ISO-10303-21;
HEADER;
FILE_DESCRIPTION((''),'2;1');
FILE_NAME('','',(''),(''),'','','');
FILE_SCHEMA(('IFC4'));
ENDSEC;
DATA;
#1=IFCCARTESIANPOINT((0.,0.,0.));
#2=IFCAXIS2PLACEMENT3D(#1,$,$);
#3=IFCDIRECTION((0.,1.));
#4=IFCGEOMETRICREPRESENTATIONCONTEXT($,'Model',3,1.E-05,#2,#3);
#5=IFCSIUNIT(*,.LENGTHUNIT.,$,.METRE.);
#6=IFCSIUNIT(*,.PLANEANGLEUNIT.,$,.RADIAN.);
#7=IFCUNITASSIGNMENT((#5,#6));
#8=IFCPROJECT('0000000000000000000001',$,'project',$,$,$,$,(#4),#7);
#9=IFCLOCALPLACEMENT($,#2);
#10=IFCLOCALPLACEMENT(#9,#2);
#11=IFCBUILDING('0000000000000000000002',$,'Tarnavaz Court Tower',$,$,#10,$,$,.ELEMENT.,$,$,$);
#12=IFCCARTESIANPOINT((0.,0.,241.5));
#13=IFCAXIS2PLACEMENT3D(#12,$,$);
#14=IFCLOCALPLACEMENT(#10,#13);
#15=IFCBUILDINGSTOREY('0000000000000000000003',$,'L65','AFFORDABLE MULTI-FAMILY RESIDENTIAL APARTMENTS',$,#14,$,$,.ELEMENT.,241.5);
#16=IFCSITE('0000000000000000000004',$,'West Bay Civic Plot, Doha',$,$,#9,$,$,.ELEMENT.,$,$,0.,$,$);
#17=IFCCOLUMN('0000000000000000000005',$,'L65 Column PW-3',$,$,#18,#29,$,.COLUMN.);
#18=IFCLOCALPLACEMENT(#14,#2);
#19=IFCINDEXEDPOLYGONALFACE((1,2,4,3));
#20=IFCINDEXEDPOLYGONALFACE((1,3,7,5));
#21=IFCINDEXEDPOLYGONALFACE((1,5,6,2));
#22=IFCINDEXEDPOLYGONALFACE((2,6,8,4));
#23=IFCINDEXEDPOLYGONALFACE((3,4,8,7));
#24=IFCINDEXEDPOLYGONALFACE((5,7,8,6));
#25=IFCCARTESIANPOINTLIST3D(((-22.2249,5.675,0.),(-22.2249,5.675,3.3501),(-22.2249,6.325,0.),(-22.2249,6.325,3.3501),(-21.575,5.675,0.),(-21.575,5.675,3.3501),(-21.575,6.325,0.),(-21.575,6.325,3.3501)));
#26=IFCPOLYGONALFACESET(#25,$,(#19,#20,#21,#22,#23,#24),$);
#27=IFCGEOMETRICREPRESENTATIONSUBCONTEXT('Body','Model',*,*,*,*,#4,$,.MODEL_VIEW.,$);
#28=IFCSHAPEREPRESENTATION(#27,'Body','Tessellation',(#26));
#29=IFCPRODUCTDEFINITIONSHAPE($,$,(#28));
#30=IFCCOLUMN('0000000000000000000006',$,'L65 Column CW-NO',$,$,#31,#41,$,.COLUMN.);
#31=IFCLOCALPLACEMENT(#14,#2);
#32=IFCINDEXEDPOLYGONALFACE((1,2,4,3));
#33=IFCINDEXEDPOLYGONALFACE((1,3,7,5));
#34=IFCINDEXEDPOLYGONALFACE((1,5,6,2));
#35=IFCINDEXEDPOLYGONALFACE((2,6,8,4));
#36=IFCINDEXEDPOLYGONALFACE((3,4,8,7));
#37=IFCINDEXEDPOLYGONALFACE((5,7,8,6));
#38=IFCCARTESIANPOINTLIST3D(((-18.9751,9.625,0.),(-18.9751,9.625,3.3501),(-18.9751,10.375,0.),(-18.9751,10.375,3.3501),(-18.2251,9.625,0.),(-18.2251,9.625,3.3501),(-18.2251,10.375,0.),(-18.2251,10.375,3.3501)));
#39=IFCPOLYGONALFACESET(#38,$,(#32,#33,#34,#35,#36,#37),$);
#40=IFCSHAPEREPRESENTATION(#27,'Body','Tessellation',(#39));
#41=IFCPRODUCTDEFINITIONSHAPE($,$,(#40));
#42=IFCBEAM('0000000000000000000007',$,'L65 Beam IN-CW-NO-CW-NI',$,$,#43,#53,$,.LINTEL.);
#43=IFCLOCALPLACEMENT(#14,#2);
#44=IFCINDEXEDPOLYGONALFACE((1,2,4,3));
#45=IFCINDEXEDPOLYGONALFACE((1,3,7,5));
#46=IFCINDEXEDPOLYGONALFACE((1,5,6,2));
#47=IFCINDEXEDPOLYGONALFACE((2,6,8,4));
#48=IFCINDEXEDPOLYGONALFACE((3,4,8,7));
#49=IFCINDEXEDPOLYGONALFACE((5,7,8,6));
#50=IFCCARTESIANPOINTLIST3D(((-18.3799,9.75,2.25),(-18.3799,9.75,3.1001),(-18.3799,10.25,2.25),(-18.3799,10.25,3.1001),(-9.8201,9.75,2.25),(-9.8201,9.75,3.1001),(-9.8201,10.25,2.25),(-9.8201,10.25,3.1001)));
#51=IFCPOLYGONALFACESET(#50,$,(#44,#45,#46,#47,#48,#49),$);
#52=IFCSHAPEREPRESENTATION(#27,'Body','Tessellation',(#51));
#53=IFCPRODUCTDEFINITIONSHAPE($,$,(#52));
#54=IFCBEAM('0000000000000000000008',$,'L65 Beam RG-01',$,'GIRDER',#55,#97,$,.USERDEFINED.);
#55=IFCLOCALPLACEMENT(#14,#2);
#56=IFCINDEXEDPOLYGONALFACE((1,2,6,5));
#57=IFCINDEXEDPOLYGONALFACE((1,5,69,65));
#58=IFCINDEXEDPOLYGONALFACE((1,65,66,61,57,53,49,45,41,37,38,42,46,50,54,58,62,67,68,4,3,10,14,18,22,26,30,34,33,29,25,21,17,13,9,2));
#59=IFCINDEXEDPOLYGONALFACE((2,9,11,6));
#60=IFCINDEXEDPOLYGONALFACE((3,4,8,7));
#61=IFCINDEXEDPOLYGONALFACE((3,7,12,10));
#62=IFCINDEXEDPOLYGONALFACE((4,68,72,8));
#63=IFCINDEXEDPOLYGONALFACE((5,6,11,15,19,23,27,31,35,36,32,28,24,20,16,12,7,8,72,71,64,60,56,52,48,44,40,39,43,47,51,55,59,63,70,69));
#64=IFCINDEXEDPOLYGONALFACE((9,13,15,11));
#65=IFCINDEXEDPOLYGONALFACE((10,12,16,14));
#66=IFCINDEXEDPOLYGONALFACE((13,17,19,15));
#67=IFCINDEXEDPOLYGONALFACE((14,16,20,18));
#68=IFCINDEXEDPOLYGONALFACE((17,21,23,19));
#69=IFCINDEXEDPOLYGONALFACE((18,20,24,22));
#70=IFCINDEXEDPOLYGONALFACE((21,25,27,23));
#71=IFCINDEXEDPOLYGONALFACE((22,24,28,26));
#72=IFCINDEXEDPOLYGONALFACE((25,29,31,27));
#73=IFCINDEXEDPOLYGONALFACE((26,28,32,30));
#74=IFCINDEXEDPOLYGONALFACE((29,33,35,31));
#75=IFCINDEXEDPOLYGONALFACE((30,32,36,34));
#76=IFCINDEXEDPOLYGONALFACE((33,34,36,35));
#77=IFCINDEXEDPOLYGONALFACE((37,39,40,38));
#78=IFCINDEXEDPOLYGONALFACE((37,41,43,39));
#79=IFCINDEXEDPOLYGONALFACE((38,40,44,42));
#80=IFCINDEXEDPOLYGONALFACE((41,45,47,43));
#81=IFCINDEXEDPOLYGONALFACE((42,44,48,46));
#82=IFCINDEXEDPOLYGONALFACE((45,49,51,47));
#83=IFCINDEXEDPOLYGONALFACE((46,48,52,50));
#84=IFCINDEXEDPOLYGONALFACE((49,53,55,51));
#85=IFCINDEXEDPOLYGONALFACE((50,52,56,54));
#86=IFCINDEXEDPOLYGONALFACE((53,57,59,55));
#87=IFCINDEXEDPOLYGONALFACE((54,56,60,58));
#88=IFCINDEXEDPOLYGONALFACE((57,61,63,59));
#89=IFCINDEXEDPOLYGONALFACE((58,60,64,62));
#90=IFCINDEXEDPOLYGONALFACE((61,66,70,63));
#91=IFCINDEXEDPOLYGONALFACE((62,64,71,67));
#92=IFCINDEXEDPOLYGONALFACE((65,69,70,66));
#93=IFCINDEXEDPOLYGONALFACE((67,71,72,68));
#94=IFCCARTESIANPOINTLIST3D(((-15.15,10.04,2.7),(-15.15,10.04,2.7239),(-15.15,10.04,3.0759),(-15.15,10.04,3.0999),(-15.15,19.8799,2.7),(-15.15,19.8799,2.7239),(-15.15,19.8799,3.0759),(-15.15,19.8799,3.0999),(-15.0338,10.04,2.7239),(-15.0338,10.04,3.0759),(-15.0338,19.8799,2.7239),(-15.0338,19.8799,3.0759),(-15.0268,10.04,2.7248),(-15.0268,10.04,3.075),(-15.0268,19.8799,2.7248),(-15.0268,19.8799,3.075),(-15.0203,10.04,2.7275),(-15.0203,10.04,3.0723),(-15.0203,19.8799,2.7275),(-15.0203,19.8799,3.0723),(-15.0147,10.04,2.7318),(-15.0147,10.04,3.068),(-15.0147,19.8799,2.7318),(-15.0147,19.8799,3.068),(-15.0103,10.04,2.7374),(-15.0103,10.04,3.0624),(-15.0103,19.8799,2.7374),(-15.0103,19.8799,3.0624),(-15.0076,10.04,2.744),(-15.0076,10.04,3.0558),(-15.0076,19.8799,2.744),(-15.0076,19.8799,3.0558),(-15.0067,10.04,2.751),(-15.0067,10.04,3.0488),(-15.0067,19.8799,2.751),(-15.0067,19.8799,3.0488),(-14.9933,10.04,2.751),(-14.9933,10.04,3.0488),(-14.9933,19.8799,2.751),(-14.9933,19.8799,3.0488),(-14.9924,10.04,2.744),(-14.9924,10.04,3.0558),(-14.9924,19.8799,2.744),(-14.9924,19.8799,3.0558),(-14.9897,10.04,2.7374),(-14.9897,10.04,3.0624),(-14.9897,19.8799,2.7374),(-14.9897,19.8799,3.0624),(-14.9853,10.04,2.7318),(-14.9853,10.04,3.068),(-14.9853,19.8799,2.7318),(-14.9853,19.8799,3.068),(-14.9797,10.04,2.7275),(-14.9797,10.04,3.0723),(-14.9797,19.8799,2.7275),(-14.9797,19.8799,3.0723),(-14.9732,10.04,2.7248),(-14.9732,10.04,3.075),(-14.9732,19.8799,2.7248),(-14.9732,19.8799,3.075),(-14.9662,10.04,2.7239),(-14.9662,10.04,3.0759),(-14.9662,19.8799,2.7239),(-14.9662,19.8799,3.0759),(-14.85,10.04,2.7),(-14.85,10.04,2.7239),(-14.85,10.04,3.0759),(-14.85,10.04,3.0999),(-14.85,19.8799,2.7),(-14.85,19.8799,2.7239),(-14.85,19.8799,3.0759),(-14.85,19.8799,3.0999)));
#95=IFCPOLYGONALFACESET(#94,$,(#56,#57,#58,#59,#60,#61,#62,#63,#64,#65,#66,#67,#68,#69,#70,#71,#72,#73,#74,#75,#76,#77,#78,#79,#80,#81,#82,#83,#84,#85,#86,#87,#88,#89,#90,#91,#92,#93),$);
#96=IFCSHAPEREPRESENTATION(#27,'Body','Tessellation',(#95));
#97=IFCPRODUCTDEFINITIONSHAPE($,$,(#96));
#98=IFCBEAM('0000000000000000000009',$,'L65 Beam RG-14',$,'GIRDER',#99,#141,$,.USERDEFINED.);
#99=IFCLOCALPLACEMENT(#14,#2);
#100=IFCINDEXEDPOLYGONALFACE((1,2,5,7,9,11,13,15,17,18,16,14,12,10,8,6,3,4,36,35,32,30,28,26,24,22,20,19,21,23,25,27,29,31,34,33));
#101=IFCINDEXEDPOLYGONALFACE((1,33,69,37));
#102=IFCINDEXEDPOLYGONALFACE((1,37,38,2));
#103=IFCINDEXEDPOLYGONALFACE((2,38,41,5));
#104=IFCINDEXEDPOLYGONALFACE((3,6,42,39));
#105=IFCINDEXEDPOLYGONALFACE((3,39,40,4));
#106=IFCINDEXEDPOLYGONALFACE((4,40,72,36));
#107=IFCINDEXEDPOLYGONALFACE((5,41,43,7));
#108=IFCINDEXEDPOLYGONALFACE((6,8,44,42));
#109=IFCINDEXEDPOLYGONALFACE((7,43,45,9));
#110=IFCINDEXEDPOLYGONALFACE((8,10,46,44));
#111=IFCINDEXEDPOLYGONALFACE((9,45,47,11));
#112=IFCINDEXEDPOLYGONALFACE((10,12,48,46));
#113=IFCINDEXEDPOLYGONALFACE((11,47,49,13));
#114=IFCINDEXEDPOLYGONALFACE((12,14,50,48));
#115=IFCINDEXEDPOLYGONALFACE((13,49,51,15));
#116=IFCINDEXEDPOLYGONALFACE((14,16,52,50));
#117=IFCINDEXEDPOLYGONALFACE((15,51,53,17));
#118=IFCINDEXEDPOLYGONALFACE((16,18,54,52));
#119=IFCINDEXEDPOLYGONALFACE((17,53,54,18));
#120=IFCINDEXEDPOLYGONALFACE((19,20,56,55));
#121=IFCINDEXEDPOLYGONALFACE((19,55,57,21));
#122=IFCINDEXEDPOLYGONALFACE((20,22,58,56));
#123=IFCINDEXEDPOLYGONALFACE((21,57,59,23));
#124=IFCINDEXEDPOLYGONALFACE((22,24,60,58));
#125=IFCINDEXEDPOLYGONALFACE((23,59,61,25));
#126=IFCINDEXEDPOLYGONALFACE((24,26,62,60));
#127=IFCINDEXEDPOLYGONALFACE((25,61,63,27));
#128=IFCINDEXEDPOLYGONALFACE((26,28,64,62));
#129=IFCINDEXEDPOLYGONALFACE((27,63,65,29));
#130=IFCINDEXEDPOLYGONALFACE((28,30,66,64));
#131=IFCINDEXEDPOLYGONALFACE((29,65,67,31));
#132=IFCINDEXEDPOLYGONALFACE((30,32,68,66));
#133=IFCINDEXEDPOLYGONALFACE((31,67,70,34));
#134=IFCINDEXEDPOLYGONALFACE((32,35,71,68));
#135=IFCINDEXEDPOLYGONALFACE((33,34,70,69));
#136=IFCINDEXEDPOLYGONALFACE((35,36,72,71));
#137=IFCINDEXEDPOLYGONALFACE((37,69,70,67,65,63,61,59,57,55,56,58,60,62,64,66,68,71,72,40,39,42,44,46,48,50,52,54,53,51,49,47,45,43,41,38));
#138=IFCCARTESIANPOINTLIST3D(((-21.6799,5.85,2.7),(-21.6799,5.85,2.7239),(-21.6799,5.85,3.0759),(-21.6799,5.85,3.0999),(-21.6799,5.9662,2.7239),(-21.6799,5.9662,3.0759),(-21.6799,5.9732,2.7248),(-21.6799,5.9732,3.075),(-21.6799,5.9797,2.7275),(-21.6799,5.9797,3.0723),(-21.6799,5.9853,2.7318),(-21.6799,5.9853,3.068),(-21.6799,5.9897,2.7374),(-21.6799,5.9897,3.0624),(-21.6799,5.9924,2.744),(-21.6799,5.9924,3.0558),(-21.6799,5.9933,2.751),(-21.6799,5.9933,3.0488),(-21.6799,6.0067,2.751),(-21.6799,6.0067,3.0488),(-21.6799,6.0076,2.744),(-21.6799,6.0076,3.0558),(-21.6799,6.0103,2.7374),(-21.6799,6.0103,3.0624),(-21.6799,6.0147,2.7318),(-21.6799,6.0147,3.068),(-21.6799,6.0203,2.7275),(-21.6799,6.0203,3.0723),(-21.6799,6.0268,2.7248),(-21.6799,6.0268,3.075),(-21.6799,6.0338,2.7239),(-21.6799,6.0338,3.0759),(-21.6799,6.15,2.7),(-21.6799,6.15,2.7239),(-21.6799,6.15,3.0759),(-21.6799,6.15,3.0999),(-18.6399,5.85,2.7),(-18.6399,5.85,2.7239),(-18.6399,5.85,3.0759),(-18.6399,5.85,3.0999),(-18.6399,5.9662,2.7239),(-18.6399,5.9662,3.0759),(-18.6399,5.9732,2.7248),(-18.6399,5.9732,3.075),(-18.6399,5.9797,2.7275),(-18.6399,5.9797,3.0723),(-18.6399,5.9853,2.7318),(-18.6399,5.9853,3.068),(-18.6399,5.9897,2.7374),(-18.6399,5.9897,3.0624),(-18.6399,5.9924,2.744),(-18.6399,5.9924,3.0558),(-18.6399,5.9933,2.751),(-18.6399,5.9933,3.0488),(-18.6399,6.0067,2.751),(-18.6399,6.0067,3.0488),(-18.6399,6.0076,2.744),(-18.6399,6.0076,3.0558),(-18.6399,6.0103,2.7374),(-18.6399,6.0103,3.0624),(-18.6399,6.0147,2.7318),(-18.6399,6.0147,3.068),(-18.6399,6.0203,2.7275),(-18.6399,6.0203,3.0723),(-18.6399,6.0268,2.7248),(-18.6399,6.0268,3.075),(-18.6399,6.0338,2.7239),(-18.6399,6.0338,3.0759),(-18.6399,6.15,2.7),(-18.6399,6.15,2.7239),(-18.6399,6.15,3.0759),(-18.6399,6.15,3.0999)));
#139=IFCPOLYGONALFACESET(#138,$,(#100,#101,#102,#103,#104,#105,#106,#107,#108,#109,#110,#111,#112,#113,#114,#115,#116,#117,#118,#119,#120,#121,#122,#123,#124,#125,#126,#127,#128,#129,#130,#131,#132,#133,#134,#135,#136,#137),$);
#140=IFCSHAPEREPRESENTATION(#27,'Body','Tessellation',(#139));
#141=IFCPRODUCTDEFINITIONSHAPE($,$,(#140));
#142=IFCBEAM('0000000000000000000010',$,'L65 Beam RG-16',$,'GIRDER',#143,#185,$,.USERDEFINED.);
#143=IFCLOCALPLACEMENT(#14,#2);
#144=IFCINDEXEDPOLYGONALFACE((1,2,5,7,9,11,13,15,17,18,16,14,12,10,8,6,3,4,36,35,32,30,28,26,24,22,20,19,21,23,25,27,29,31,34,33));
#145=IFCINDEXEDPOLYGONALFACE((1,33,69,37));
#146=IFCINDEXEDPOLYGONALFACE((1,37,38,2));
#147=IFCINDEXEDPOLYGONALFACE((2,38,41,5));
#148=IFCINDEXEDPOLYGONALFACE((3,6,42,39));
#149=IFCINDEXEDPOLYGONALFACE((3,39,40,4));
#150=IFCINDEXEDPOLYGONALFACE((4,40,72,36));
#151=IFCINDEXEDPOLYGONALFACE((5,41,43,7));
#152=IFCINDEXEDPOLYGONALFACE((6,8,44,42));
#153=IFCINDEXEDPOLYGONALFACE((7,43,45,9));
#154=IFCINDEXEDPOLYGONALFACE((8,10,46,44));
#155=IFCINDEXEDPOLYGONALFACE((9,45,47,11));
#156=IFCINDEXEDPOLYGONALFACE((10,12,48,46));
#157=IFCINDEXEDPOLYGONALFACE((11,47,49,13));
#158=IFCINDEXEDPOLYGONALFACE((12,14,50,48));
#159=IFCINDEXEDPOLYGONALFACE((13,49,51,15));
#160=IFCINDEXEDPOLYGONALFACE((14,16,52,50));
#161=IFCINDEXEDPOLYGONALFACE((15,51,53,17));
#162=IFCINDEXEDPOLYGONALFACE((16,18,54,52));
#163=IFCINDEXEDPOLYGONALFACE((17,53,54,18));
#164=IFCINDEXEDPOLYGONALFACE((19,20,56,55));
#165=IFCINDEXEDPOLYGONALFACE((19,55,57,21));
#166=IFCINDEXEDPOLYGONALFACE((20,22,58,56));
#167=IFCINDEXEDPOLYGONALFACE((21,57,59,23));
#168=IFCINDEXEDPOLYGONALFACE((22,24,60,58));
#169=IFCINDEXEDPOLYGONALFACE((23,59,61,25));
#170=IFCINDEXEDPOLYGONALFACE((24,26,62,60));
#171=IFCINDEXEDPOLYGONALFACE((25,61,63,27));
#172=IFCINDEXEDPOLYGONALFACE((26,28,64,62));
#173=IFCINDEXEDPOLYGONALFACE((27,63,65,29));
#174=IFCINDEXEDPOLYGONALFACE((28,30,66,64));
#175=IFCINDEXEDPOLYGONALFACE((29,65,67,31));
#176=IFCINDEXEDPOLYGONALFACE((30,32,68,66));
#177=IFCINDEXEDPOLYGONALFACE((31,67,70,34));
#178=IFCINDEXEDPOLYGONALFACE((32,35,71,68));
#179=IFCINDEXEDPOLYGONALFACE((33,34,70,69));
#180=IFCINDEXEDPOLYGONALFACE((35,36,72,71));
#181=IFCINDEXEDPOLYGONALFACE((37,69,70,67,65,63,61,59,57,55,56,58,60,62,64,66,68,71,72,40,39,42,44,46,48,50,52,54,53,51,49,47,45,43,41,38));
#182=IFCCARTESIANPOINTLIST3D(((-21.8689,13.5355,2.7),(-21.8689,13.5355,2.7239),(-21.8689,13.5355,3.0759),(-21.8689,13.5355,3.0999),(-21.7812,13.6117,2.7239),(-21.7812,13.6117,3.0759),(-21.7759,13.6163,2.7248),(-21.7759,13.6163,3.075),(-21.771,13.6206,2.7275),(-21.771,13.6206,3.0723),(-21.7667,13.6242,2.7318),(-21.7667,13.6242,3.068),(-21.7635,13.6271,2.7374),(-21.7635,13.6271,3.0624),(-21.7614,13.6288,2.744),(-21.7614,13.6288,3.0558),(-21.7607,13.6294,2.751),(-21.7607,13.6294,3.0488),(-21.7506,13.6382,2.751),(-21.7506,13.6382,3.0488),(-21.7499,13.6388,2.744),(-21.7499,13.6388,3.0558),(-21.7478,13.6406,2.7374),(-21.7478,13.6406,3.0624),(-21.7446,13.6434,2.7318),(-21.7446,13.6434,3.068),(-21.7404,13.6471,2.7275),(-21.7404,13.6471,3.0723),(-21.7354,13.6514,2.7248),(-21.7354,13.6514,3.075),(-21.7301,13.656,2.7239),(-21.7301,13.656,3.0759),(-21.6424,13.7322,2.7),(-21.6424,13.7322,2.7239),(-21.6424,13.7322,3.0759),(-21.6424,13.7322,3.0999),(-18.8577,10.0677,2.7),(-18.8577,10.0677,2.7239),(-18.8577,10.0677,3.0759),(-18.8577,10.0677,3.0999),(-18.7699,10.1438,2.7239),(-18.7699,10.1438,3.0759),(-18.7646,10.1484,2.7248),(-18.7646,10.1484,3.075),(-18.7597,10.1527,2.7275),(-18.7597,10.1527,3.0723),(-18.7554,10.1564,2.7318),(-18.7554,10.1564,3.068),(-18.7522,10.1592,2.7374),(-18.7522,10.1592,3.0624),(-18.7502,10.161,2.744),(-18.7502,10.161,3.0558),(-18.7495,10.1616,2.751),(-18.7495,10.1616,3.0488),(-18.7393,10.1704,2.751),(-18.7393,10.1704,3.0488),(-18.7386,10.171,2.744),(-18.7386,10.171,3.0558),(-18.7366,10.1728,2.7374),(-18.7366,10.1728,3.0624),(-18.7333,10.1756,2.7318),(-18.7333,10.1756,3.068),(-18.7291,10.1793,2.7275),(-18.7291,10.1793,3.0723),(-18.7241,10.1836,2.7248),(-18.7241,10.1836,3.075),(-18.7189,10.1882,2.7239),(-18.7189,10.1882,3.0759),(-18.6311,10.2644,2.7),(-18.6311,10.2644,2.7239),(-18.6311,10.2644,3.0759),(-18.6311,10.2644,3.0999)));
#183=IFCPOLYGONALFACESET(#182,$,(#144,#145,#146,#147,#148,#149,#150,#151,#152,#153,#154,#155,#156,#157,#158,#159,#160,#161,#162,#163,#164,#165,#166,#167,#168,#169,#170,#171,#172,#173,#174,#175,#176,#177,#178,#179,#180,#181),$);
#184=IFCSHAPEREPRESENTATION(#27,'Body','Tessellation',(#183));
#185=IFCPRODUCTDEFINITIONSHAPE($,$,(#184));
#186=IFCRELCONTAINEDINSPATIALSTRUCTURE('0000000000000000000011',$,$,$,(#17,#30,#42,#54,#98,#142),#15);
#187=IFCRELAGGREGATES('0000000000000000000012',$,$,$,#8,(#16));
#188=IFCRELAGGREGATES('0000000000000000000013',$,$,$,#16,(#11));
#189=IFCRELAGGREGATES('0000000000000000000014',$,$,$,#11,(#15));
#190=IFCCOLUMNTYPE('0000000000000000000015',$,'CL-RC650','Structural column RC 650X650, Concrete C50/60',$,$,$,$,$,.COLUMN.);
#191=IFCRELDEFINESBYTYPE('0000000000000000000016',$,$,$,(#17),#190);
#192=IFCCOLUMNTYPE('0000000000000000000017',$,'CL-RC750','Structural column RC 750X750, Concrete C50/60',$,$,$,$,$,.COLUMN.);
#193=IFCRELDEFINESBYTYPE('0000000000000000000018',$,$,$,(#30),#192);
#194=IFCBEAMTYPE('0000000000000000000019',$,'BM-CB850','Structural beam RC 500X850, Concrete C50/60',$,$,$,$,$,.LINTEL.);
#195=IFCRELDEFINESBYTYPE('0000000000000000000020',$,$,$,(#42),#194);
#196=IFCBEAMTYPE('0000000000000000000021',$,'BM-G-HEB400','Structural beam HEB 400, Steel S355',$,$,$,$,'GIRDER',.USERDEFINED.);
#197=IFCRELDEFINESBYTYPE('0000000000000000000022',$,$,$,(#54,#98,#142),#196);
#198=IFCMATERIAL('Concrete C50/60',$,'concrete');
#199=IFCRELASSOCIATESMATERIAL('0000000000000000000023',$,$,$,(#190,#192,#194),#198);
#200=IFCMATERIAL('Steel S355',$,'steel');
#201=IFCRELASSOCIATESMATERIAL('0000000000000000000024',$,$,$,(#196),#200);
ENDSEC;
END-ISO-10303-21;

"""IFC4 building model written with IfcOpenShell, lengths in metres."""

from ifc_helpers import new_model, si_unit, direction, frame, origin, origin_2d, place, context, subcontext, project, spatial, rectangle, i_section, extrude, material, material_profile, profile_set, type_object, element, save


model = new_model("IFC4")

# Units and contexts
model_context = context("Model", 3, precision=1e-05, world=origin(), true_north=direction((0.0, 1.0)))
body_context = subcontext(model_context, "Body", "Model", "MODEL_VIEW")
ifc_project = project(units=[si_unit("LENGTHUNIT", "METRE"), si_unit("PLANEANGLEUNIT", "RADIAN")], contexts=[model_context])

# Site, building, storey
site_placement = place(None, origin())
site = spatial("IfcSite", under=ifc_project, at=site_placement, Name="West Bay Civic Plot, Doha", CompositionType="ELEMENT", RefElevation=0.0)
building_placement = place(site_placement, origin())
building = spatial("IfcBuilding", under=site, at=building_placement, Name="Tarnavaz Court Tower", CompositionType="ELEMENT")
storey_placement = place(building_placement, frame((0.0, 0.0, 241.5)))
storey = spatial("IfcBuildingStorey", under=building, at=storey_placement, Name="L65", Description="AFFORDABLE MULTI-FAMILY RESIDENTIAL APARTMENTS", CompositionType="ELEMENT", Elevation=241.5)

# Columns
ifc_material_1 = material(Name="Concrete C50/60", Category="concrete")
ifc_material_profile_1 = material_profile(ifc_material_1, rectangle(XDim=0.6499, YDim=0.6499, at=origin_2d()), Name="RC 650X650")
ifc_profile_set_1 = profile_set([ifc_material_profile_1], Name="Concrete C50/60")
column_type_1 = type_object("IfcColumnType", Name="CL-RC650", Description="Structural column RC 650X650, Concrete C50/60", PredefinedType="COLUMN", material=ifc_profile_set_1)
column_1_placement = place(storey_placement, frame((-21.8999, 6.0, 0.0), z_axis=(0.0, 0.0, 1.0), x_axis=(1.0, 0.0, 0.0)))
element("IfcColumn", 1, at=column_1_placement, inside=storey, type_object=column_type_1, Name="L65 Column PW-3", PredefinedType="COLUMN", context=body_context, shape_type="SweptSolid", body=[
    extrude(rectangle(XDim=0.6499, YDim=0.6499, at=origin_2d()), origin(), (0.0, 0.0, 1.0), 3.3501),
])
ifc_material_profile_2 = material_profile(ifc_material_1, rectangle(XDim=0.75, YDim=0.75, at=origin_2d()), Name="RC 750X750")
ifc_profile_set_2 = profile_set([ifc_material_profile_2], Name="Concrete C50/60")
column_type_2 = type_object("IfcColumnType", Name="CL-RC750", Description="Structural column RC 750X750, Concrete C50/60", PredefinedType="COLUMN", material=ifc_profile_set_2)
column_2_placement = place(storey_placement, frame((-18.6001, 10.0, 0.0), z_axis=(0.0, 0.0, 1.0), x_axis=(1.0, 0.0, 0.0)))
element("IfcColumn", 2, at=column_2_placement, inside=storey, type_object=column_type_2, Name="L65 Column CW-NO", PredefinedType="COLUMN", context=body_context, shape_type="SweptSolid", body=[
    extrude(rectangle(XDim=0.75, YDim=0.75, at=origin_2d()), origin(), (0.0, 0.0, 1.0), 3.3501),
])

# Beams
ifc_material_profile_3 = material_profile(ifc_material_1, rectangle(XDim=0.5, YDim=0.8501, at=origin_2d()), Name="RC 500X850")
ifc_profile_set_3 = profile_set([ifc_material_profile_3], Name="Concrete C50/60")
beam_type_1 = type_object("IfcBeamType", Name="BM-CB850", Description="Structural beam RC 500X850, Concrete C50/60", PredefinedType="LINTEL", material=ifc_profile_set_3)
beam_1_placement = place(storey_placement, frame((-18.3799, 10.0, 2.675), z_axis=(1.0, 0.0, 0.0), x_axis=(0.0, 1.0, 0.0)))
element("IfcBeam", 3, at=beam_1_placement, inside=storey, type_object=beam_type_1, Name="L65 Beam IN-CW-NO-CW-NI", PredefinedType="LINTEL", context=body_context, shape_type="SweptSolid", body=[
    extrude(rectangle(XDim=0.5, YDim=0.8501, at=origin_2d()), origin(), (0.0, 0.0, 1.0), 8.5598),
])
ifc_material_2 = material(Name="Steel S355", Category="steel")
ifc_material_profile_4 = material_profile(ifc_material_2, i_section(OverallWidth=0.3, OverallDepth=0.3999, WebThickness=0.0134, FlangeThickness=0.0239, FilletRadius=0.0271, at=origin_2d()), Name="HEB 400")
ifc_profile_set_4 = profile_set([ifc_material_profile_4], Name="Steel S355")
beam_type_2 = type_object("IfcBeamType", Name="BM-G-HEB400", Description="Structural beam HEB 400, Steel S355", ElementType="GIRDER", PredefinedType="USERDEFINED", material=ifc_profile_set_4)
beam_2_placement = place(storey_placement, frame((-15.0, 10.04, 2.8999), z_axis=(0.0, 1.0, 0.0), x_axis=(-1.0, 0.0, 0.0)))
element("IfcBeam", 4, at=beam_2_placement, inside=storey, type_object=beam_type_2, Name="L65 Beam RG-01", ObjectType="GIRDER", PredefinedType="USERDEFINED", context=body_context, shape_type="SweptSolid", body=[
    extrude(i_section(OverallWidth=0.3, OverallDepth=0.3999, WebThickness=0.0134, FlangeThickness=0.0239, FilletRadius=0.0271, at=origin_2d()), origin(), (0.0, 0.0, 1.0), 9.8398),
])
beam_3_placement = place(storey_placement, frame((-18.6399, 6.0, 2.8999), z_axis=(-1.0, 0.0, 0.0), x_axis=(0.0, -1.0, 0.0)))
element("IfcBeam", 5, at=beam_3_placement, inside=storey, type_object=beam_type_2, Name="L65 Beam RG-14", ObjectType="GIRDER", PredefinedType="USERDEFINED", context=body_context, shape_type="SweptSolid", body=[
    extrude(i_section(OverallWidth=0.3, OverallDepth=0.3999, WebThickness=0.0134, FlangeThickness=0.0239, FilletRadius=0.0271, at=origin_2d()), origin(), (0.0, 0.0, 1.0), 3.04),
])
beam_4_placement = place(storey_placement, frame((-18.7444, 10.166, 2.8999), z_axis=(-0.655655, 0.755061, 0.0), x_axis=(-0.755061, -0.655655, 0.0)))
element("IfcBeam", 6, at=beam_4_placement, inside=storey, type_object=beam_type_2, Name="L65 Beam RG-16", ObjectType="GIRDER", PredefinedType="USERDEFINED", context=body_context, shape_type="SweptSolid", body=[
    extrude(i_section(OverallWidth=0.3, OverallDepth=0.3999, WebThickness=0.0134, FlangeThickness=0.0239, FilletRadius=0.0271, at=origin_2d()), origin(), (0.0, 0.0, 1.0), 4.5928),
])

save(model, "model.ifc")
